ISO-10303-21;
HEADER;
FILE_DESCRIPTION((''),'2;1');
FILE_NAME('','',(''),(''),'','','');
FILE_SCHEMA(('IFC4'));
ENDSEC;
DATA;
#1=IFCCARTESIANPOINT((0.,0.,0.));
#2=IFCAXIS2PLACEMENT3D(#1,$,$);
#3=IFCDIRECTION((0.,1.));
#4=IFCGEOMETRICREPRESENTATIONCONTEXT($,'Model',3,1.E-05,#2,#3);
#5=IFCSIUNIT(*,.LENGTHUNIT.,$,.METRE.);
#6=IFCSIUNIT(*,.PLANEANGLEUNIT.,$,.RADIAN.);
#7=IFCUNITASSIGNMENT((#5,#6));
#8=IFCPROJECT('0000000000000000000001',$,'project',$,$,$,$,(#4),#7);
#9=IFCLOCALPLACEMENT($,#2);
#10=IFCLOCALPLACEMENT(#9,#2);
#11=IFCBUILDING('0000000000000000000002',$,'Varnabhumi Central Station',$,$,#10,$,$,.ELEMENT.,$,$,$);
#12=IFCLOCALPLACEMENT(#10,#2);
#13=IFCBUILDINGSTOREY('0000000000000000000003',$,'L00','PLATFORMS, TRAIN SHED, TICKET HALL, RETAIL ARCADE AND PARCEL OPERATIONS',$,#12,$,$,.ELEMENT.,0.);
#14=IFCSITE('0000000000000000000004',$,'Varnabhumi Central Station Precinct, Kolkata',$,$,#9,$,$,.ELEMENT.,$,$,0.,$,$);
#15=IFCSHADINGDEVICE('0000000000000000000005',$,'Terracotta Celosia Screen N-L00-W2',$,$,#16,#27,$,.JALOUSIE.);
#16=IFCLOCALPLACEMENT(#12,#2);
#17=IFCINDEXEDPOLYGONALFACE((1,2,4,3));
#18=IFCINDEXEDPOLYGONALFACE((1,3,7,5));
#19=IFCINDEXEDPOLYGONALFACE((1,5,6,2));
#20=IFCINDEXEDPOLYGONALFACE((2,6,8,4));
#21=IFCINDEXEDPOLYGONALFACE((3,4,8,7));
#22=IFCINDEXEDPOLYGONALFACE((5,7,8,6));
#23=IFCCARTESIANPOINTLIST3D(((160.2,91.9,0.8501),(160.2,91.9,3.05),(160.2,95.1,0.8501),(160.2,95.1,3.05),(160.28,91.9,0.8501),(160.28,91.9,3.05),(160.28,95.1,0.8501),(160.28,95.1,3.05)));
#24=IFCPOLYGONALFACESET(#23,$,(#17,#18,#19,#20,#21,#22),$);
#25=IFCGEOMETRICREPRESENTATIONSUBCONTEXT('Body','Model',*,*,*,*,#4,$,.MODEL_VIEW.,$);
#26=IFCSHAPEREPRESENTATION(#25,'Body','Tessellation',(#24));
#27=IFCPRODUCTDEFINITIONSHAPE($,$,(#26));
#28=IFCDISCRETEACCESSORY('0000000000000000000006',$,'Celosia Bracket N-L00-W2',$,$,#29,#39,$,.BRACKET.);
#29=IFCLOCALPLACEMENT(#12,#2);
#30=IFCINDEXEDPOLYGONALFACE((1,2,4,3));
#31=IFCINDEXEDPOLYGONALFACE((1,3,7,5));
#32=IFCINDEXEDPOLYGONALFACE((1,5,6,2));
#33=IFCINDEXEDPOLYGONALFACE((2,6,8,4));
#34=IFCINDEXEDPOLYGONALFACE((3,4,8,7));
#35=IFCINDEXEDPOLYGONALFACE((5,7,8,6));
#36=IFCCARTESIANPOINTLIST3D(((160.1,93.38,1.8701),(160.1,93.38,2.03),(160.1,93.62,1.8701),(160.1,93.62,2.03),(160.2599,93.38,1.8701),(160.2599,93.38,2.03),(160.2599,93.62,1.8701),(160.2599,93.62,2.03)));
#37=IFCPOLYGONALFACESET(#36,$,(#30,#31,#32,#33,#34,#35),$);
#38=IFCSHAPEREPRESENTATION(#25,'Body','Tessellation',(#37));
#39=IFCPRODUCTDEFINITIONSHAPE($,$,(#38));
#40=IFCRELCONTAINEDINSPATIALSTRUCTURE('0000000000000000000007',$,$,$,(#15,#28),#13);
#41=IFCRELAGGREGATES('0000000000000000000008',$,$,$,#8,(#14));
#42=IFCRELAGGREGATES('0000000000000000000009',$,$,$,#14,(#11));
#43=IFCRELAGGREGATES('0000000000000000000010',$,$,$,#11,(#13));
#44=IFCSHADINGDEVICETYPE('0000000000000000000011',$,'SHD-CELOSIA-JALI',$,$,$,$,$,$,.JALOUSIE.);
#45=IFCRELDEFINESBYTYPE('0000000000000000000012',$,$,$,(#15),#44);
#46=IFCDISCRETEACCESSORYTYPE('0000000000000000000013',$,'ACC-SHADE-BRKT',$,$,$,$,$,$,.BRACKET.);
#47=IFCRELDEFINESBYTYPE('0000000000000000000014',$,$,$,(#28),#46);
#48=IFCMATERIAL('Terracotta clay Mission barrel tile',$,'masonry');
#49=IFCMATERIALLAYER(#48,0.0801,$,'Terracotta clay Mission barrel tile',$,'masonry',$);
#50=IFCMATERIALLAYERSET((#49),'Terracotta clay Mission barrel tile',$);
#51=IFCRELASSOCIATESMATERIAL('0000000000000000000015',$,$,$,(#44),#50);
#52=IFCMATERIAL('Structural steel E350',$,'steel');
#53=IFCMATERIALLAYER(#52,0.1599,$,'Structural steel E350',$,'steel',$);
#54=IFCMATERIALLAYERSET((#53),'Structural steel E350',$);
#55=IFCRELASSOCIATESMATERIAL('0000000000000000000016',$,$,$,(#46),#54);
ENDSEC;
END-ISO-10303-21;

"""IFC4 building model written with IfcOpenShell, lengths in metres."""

from ifc_helpers import new_model, si_unit, direction, frame, origin, origin_2d, place, context, subcontext, project, spatial, rectangle, extrude, material, layer, layer_set, type_object, element, save


model = new_model("IFC4")

# Units and contexts
model_context = context("Model", 3, precision=1e-05, world=origin(), true_north=direction((0.0, 1.0)))
body_context = subcontext(model_context, "Body", "Model", "MODEL_VIEW")
ifc_project = project(units=[si_unit("LENGTHUNIT", "METRE"), si_unit("PLANEANGLEUNIT", "RADIAN")], contexts=[model_context])

# Site, building, storey
site_placement = place(None, origin())
site = spatial("IfcSite", under=ifc_project, at=site_placement, Name="Varnabhumi Central Station Precinct, Kolkata", CompositionType="ELEMENT", RefElevation=0.0)
building_placement = place(site_placement, origin())
building = spatial("IfcBuilding", under=site, at=building_placement, Name="Varnabhumi Central Station", CompositionType="ELEMENT")
storey_placement = place(building_placement, origin())
storey = spatial("IfcBuildingStorey", under=building, at=storey_placement, Name="L00", Description="PLATFORMS, TRAIN SHED, TICKET HALL, RETAIL ARCADE AND PARCEL OPERATIONS", CompositionType="ELEMENT", Elevation=0.0)

# Shading device
ifc_material_1 = material(Name="Terracotta clay Mission barrel tile", Category="masonry")
ifc_layer_1 = layer(ifc_material_1, 0.0801, Name="Terracotta clay Mission barrel tile", Category="masonry")
ifc_layer_set_1 = layer_set([ifc_layer_1], Name="Terracotta clay Mission barrel tile")
shading_device_type = type_object("IfcShadingDeviceType", Name="SHD-CELOSIA-JALI", PredefinedType="JALOUSIE", material=ifc_layer_set_1)
shading_device_placement = place(storey_placement, frame((160.24, 93.5, 0.8501), z_axis=(0.0, 0.0, 1.0), x_axis=(1.0, 0.0, 0.0)))
element("IfcShadingDevice", 1, at=shading_device_placement, inside=storey, type_object=shading_device_type, Name="Terracotta Celosia Screen N-L00-W2", PredefinedType="JALOUSIE", context=body_context, shape_type="SweptSolid", body=[
    extrude(rectangle(XDim=0.0801, YDim=3.2, at=origin_2d()), origin(), (0.0, 0.0, 1.0), 2.2),
])

# Discrete accessory
ifc_material_2 = material(Name="Structural steel E350", Category="steel")
ifc_layer_2 = layer(ifc_material_2, 0.1599, Name="Structural steel E350", Category="steel")
ifc_layer_set_2 = layer_set([ifc_layer_2], Name="Structural steel E350")
discrete_accessory_type = type_object("IfcDiscreteAccessoryType", Name="ACC-SHADE-BRKT", PredefinedType="BRACKET", material=ifc_layer_set_2)
discrete_accessory_placement = place(storey_placement, frame((160.1799, 93.5, 1.8701), z_axis=(0.0, 0.0, 1.0), x_axis=(1.0, 0.0, 0.0)))
element("IfcDiscreteAccessory", 2, at=discrete_accessory_placement, inside=storey, type_object=discrete_accessory_type, Name="Celosia Bracket N-L00-W2", PredefinedType="BRACKET", context=body_context, shape_type="SweptSolid", body=[
    extrude(rectangle(XDim=0.1599, YDim=0.24, at=origin_2d()), origin(), (0.0, 0.0, 1.0), 0.1599),
])

save(model, "model.ifc")
